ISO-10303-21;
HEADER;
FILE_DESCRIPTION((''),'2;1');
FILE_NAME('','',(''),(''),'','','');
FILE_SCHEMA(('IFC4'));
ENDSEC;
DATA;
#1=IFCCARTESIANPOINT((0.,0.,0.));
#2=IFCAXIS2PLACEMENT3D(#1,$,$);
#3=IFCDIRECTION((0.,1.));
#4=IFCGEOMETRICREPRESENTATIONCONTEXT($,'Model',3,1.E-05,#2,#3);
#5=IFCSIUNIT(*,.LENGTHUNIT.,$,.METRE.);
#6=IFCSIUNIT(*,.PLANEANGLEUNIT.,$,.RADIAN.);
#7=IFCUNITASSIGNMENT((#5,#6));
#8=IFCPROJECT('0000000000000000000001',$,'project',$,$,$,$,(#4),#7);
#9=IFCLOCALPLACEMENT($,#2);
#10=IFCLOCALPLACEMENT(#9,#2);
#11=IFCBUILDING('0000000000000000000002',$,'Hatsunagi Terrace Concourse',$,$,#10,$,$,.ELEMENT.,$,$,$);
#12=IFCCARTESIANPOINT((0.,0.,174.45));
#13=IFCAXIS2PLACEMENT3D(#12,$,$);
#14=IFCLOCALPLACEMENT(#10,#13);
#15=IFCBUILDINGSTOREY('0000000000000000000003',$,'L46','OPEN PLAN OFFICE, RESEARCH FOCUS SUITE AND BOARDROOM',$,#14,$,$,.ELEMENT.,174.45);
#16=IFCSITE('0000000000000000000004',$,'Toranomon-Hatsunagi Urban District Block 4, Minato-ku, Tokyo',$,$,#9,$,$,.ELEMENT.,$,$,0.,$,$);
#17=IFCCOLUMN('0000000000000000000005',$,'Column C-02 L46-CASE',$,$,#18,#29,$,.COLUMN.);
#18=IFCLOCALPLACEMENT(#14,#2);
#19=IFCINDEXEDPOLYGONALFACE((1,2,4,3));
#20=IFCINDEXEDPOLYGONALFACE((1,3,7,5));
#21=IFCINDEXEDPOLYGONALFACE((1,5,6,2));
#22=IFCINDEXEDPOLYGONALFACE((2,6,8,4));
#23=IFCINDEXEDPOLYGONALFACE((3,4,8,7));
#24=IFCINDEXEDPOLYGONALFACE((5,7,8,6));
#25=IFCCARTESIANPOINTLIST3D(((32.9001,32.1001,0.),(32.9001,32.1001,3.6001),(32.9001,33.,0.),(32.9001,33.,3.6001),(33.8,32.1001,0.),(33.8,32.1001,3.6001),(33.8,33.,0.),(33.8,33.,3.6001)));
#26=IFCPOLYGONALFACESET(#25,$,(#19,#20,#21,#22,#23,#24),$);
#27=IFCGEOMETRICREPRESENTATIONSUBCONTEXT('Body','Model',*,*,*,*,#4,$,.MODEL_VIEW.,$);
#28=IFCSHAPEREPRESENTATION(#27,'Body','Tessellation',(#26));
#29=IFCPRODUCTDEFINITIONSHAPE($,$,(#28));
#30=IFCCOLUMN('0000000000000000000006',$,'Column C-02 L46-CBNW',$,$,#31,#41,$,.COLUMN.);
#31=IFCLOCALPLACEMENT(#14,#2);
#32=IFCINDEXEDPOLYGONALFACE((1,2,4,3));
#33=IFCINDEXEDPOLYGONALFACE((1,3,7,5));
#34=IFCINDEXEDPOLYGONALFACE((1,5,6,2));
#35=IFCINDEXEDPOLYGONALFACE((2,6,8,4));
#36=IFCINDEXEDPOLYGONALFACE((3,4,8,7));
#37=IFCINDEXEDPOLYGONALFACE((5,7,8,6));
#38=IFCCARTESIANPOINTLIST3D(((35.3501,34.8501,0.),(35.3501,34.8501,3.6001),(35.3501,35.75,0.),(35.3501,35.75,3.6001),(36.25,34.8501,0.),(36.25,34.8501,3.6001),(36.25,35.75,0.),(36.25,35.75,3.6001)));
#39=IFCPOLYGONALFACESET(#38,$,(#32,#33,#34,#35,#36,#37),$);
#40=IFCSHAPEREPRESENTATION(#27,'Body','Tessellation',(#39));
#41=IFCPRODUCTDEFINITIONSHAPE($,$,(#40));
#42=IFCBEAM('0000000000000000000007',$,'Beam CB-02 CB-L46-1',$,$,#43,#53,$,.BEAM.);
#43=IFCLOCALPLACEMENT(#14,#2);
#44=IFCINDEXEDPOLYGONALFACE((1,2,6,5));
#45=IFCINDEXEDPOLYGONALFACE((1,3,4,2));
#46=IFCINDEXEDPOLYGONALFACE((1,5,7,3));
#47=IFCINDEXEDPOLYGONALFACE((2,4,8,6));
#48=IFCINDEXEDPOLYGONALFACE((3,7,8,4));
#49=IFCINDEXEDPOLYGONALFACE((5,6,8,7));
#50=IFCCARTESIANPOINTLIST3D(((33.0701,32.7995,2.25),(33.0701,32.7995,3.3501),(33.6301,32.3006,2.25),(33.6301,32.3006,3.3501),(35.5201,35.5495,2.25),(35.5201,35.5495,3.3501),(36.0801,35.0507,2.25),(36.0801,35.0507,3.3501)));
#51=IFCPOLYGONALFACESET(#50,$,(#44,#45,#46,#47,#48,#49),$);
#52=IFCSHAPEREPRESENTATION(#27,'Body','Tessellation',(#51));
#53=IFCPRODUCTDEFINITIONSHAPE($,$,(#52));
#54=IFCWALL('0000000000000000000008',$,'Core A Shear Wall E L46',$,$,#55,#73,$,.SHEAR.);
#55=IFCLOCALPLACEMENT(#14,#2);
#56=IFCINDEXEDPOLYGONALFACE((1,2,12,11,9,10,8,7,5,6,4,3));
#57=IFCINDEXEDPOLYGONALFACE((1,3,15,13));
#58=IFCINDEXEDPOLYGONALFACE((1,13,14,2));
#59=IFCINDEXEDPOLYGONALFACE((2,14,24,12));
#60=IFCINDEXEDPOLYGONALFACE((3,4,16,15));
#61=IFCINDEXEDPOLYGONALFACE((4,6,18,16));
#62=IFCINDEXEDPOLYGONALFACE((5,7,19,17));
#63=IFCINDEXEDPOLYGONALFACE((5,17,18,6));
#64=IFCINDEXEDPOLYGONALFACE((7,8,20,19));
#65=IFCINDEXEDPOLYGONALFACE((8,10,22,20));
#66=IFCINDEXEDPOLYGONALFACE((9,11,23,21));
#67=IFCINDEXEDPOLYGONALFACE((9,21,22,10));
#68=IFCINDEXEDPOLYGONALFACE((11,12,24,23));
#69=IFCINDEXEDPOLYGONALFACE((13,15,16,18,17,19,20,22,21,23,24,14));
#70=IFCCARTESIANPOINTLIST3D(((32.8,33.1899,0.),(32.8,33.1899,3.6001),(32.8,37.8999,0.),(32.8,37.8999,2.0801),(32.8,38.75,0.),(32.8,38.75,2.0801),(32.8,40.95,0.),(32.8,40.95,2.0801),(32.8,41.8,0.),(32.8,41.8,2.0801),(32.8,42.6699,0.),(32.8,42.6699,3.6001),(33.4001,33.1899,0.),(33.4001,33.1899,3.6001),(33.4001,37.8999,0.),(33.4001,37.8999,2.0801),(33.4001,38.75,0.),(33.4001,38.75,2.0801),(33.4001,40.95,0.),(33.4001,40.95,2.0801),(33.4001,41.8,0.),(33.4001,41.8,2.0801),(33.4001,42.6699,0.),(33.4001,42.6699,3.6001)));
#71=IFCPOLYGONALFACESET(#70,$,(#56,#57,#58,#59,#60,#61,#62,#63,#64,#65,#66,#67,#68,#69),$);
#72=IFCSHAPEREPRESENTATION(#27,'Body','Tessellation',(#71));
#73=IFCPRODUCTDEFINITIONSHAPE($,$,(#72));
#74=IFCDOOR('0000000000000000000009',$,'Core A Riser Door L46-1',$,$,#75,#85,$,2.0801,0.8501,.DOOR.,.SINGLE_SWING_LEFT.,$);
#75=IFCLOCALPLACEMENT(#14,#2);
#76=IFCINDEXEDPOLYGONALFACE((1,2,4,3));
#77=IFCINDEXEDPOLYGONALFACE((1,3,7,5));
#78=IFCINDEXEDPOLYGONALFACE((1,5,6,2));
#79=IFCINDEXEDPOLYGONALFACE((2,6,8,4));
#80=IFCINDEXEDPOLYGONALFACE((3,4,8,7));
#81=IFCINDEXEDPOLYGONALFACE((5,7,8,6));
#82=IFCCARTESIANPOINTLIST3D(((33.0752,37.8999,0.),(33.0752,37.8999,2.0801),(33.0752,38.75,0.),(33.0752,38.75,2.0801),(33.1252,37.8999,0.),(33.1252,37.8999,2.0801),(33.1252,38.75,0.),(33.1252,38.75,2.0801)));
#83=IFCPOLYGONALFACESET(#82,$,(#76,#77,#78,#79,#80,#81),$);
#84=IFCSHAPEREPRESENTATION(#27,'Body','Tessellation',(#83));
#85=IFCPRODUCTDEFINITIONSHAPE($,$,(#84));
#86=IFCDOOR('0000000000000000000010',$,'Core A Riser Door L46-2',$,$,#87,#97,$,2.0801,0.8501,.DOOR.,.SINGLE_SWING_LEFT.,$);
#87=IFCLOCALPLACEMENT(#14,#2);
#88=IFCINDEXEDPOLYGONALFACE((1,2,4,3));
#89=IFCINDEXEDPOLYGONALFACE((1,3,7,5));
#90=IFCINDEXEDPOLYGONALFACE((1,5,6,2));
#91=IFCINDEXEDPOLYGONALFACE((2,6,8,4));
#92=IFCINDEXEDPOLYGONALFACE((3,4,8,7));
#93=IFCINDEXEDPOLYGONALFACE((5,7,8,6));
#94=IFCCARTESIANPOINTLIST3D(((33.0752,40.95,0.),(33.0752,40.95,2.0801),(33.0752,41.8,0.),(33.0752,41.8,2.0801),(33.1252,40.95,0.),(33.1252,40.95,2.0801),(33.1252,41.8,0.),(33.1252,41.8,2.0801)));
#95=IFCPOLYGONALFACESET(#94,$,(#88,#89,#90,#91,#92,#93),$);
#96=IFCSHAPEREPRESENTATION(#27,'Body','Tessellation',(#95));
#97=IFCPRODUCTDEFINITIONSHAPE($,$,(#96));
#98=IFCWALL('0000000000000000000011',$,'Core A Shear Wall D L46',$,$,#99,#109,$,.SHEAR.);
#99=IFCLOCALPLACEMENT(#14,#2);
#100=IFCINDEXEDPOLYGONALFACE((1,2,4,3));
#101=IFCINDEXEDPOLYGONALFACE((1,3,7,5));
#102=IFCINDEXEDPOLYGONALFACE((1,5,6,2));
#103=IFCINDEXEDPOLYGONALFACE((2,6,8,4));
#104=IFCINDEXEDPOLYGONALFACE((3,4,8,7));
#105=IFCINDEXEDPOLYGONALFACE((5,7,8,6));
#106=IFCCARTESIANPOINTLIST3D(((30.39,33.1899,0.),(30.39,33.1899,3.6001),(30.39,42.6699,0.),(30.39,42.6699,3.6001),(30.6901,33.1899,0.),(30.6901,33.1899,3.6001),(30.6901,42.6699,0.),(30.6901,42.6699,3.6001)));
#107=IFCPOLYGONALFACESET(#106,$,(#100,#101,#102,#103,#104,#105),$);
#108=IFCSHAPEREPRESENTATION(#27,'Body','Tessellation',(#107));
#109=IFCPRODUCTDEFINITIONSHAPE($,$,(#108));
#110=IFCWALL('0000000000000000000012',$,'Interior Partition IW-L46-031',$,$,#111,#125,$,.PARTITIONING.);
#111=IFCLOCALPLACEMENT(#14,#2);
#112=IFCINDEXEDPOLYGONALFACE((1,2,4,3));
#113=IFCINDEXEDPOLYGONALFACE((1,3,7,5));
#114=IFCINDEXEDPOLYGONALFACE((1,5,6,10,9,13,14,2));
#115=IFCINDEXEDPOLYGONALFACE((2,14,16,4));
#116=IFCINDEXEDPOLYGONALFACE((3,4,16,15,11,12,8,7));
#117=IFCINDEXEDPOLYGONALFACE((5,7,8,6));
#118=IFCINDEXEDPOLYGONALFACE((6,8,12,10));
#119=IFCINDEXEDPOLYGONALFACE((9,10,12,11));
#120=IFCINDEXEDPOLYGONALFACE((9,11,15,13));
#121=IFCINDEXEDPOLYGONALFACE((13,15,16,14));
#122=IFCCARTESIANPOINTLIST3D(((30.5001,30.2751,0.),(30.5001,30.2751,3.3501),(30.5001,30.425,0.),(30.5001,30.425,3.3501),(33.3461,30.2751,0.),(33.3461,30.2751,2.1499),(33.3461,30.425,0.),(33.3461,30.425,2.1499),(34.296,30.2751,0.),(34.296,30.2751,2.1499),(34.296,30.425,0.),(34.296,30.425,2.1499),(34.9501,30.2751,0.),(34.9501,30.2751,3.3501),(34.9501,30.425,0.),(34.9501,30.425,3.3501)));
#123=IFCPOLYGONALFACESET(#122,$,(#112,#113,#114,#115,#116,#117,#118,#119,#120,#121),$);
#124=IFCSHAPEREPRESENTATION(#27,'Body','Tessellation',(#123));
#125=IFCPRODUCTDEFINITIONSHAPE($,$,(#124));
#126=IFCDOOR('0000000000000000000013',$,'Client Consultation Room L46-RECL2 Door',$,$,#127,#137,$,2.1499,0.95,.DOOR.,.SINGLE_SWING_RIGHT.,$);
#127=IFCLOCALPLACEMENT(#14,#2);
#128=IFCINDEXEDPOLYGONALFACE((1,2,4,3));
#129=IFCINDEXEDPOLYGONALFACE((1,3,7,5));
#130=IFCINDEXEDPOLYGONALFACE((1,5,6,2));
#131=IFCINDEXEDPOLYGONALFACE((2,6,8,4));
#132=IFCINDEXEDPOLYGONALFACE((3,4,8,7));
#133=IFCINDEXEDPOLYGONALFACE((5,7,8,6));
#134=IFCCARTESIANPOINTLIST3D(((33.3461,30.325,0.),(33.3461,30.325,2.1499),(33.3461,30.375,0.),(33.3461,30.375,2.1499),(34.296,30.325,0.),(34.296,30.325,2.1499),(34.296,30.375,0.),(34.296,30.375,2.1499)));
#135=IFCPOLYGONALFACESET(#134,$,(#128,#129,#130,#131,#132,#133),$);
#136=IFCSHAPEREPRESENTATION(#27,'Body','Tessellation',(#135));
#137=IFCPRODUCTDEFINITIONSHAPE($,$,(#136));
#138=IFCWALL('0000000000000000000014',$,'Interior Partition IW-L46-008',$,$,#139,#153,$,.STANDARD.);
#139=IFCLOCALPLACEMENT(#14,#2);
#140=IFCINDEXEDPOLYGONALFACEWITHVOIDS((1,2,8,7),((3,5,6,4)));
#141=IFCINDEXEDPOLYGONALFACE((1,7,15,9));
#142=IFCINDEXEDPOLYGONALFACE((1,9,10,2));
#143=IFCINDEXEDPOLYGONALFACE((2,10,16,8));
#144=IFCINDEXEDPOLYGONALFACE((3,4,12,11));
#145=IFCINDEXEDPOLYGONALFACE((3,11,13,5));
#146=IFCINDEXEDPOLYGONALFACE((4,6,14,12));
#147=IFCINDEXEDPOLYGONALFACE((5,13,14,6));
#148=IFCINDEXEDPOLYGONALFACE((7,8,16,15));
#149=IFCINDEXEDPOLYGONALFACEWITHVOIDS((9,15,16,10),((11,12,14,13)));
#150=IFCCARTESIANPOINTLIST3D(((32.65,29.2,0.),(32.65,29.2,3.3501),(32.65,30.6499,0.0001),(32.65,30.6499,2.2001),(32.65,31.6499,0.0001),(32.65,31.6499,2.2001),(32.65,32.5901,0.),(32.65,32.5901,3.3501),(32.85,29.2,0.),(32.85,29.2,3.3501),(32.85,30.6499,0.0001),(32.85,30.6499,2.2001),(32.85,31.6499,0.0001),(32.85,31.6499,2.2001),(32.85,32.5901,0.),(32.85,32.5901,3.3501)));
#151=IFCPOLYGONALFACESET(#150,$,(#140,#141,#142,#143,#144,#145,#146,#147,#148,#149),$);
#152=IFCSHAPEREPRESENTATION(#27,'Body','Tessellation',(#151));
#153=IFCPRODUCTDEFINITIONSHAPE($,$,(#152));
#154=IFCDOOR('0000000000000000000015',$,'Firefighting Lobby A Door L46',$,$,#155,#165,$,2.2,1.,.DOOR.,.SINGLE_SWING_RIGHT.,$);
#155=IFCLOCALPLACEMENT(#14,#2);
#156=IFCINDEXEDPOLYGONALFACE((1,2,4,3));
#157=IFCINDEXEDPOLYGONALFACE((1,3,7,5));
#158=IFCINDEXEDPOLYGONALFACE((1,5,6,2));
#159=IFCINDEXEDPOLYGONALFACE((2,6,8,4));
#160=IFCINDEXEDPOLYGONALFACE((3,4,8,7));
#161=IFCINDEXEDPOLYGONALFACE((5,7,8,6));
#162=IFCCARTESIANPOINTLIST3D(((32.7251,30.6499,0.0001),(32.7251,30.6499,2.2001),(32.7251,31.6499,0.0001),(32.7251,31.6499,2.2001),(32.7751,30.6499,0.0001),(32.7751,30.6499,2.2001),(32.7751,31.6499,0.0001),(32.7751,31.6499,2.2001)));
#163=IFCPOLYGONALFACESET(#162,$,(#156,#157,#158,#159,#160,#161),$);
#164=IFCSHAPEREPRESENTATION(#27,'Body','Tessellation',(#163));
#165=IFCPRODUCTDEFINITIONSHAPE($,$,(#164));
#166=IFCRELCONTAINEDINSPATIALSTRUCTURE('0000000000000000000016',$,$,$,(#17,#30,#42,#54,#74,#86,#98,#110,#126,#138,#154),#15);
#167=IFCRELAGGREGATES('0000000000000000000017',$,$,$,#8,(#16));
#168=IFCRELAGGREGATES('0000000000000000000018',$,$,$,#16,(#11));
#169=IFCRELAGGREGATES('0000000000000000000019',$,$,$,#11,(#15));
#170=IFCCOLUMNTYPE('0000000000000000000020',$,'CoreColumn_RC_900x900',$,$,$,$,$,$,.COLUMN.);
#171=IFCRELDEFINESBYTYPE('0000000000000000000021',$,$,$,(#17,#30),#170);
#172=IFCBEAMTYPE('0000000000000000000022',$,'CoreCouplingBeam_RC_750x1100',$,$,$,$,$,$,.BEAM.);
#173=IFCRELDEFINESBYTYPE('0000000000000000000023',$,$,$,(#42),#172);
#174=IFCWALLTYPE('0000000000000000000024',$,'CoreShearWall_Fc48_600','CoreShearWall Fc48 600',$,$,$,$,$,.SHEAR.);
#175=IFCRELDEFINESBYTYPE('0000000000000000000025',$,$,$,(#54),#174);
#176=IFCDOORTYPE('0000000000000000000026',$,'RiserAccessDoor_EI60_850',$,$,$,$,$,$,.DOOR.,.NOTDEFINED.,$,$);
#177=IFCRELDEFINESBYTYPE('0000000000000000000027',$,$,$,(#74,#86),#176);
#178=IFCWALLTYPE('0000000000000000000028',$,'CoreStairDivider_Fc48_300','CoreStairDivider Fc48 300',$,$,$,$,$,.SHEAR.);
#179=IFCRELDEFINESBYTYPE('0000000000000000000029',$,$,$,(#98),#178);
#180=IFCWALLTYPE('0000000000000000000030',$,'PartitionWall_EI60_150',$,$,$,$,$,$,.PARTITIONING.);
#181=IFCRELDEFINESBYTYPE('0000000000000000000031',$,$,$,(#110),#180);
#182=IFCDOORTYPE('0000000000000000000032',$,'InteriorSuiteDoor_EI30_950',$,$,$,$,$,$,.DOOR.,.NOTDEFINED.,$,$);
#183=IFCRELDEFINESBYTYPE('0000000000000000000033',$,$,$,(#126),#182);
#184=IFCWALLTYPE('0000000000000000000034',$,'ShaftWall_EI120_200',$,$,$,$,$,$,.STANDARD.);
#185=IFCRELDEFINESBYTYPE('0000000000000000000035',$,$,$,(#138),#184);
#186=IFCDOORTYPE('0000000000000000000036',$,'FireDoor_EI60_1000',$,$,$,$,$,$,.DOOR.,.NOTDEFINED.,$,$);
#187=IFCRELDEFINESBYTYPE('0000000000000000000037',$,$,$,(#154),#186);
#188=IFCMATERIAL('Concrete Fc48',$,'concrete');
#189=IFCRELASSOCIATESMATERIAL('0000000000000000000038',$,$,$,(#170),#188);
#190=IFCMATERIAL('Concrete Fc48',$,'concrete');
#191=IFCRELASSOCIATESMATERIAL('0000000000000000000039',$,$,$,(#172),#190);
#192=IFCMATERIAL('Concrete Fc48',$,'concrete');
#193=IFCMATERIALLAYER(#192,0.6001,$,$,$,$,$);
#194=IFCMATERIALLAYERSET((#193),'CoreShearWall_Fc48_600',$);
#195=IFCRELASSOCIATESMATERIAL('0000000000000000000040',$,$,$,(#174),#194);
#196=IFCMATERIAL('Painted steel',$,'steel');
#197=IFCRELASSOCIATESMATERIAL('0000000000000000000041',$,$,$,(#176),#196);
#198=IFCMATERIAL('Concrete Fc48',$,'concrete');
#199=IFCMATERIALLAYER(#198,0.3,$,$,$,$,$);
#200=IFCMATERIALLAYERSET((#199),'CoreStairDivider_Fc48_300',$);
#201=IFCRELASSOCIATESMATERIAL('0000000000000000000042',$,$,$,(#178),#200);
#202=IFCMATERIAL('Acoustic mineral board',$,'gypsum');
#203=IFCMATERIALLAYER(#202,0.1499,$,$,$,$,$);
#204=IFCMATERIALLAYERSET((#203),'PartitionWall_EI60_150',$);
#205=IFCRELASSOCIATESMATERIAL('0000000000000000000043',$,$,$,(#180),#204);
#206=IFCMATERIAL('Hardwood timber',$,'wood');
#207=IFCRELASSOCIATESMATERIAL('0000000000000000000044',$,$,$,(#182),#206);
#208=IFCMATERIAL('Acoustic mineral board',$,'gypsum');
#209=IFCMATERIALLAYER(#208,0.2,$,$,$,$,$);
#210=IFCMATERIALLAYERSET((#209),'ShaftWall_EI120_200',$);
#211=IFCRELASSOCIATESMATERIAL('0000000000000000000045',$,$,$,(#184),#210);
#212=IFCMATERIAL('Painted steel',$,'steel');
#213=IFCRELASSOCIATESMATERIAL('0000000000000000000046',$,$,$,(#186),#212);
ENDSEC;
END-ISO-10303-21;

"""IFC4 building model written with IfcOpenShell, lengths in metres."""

from ifc_helpers import new_model, si_unit, direction, frame, frame_2d, origin, origin_2d, place, context, subcontext, project, spatial, rectangle, extrude, material, layer, layer_set, material_profile, profile_set, type_object, element, fill, save


model = new_model("IFC4")

# Units and contexts
model_context = context("Model", 3, precision=1e-05, world=origin(), true_north=direction((0.0, 1.0)))
body_context = subcontext(model_context, "Body", "Model", "MODEL_VIEW")
ifc_project = project(units=[si_unit("LENGTHUNIT", "METRE"), si_unit("PLANEANGLEUNIT", "RADIAN")], contexts=[model_context])

# Site, building, storey
site_placement = place(None, origin())
site = spatial("IfcSite", under=ifc_project, at=site_placement, Name="Toranomon-Hatsunagi Urban District Block 4, Minato-ku, Tokyo", CompositionType="ELEMENT", RefElevation=0.0)
building_placement = place(site_placement, origin())
building = spatial("IfcBuilding", under=site, at=building_placement, Name="Hatsunagi Terrace Concourse", CompositionType="ELEMENT")
storey_placement = place(building_placement, frame((0.0, 0.0, 174.45)))
storey = spatial("IfcBuildingStorey", under=building, at=storey_placement, Name="L46", Description="OPEN PLAN OFFICE, RESEARCH FOCUS SUITE AND BOARDROOM", CompositionType="ELEMENT", Elevation=174.45)

# Columns
ifc_material_1 = material(Name="Concrete Fc48", Category="concrete")
ifc_material_profile_1 = material_profile(ifc_material_1, rectangle(XDim=0.8999, YDim=0.8999, at=origin_2d()), Name="RC-900x900")
ifc_profile_set_1 = profile_set([ifc_material_profile_1], Name="Concrete Fc48")
column_type = type_object("IfcColumnType", Name="CoreColumn_RC_900x900", PredefinedType="COLUMN", material=ifc_profile_set_1)
for number, where, z_axis, x_axis, name in (
    (1, (33.3501, 32.55, 0.0), (0.0, 0.0, 1.0), (1.0, 0.0, 0.0), "Column C-02 L46-CASE"),
    (2, (35.8, 35.3, 0.0), (0.0, 0.0, 1.0), (1.0, 0.0, 0.0), "Column C-02 L46-CBNW"),
):
    element("IfcColumn", number, at=place(storey_placement, frame(where, z_axis=z_axis, x_axis=x_axis)), inside=storey, type_object=column_type, Name=name, PredefinedType="COLUMN", context=body_context, shape_type="SweptSolid", body=[
        extrude(rectangle(XDim=0.8999, YDim=0.8999, at=origin_2d()), origin(), (0.0, 0.0, 1.0), 3.6001),
    ])

# Beam
ifc_material_2 = material(Name="Concrete Fc48", Category="concrete")
ifc_material_profile_2 = material_profile(ifc_material_2, rectangle(XDim=0.75, YDim=1.1001, at=origin_2d()), Name="RC-750x1100")
ifc_profile_set_2 = profile_set([ifc_material_profile_2], Name="Concrete Fc48")
beam_type = type_object("IfcBeamType", Name="CoreCouplingBeam_RC_750x1100", PredefinedType="BEAM", material=ifc_profile_set_2)
beam_placement = place(storey_placement, frame((33.3501, 32.55, 2.8), z_axis=(0.665199, 0.746666, 0.0), x_axis=(-0.746666, 0.665199, 0.0)))
element("IfcBeam", 3, at=beam_placement, inside=storey, type_object=beam_type, Name="Beam CB-02 CB-L46-1", PredefinedType="BEAM", context=body_context, shape_type="SweptSolid", body=[
    extrude(rectangle(XDim=0.75, YDim=1.1001, at=origin_2d()), origin(), (0.0, 0.0, 1.0), 3.6831),
])

# Wall, openings, doors
ifc_material_3 = material(Name="Concrete Fc48", Category="concrete")
ifc_layer_1 = layer(ifc_material_3, 0.6001)
ifc_layer_set_1 = layer_set([ifc_layer_1], Name="CoreShearWall_Fc48_600")
wall_type_1 = type_object("IfcWallType", Name="CoreShearWall_Fc48_600", Description="CoreShearWall Fc48 600", PredefinedType="SHEAR", material=ifc_layer_set_1)
wall_1_placement = place(storey_placement, frame((33.1001, 33.1899, 0.0), z_axis=(0.0, 0.0, 1.0), x_axis=(0.0, 1.0, 0.0)))
wall_1 = element("IfcWall", 4, at=wall_1_placement, inside=storey, type_object=wall_type_1, Name="Core A Shear Wall E L46", PredefinedType="SHEAR", context=body_context, shape_type="SweptSolid", body=[
    extrude(rectangle(XDim=9.48, YDim=0.6001, at=frame_2d((4.74, 0.0))), origin(), (0.0, 0.0, 1.0), 3.6001),
])
opening_1_placement = place(wall_1_placement, frame((4.71, 0.0, 0.0)))
opening_1 = element("IfcOpeningElement", 5, at=opening_1_placement, cuts=wall_1, PredefinedType="OPENING", context=body_context, shape_type="SweptSolid", body=[
    extrude(rectangle(XDim=0.8501, YDim=2.0801, at=frame_2d((0.425, 1.04))), frame((0.0, 0.3101, 0.0), z_axis=(0.0, -1.0, 0.0), x_axis=(1.0, 0.0, 0.0)), (0.0, 0.0, 1.0), 0.6201),
])
opening_2_placement = place(wall_1_placement, frame((7.76, 0.0, 0.0)))
opening_2 = element("IfcOpeningElement", 6, at=opening_2_placement, cuts=wall_1, PredefinedType="OPENING", context=body_context, shape_type="SweptSolid", body=[
    extrude(rectangle(XDim=0.8501, YDim=2.0801, at=frame_2d((0.425, 1.04))), frame((0.0, 0.3101, 0.0), z_axis=(0.0, -1.0, 0.0), x_axis=(1.0, 0.0, 0.0)), (0.0, 0.0, 1.0), 0.6201),
])
ifc_material_4 = material(Name="Painted steel", Category="steel")
door_type_1 = type_object("IfcDoorType", Name="RiserAccessDoor_EI60_850", OperationType="NOTDEFINED", PredefinedType="DOOR", material=ifc_material_4)
door_1_placement = place(opening_1_placement, origin())
door_1 = element("IfcDoor", 7, at=door_1_placement, inside=storey, type_object=door_type_1, Name="Core A Riser Door L46-1", OperationType="SINGLE_SWING_LEFT", OverallHeight=2.0801, OverallWidth=0.8501, PredefinedType="DOOR", context=body_context, shape_type="SweptSolid", body=[
    extrude(rectangle(XDim=0.8501, YDim=2.0801, at=frame_2d((0.425, 1.04))), frame((0.0, 0.0249, 0.0), z_axis=(0.0, -1.0, 0.0), x_axis=(1.0, 0.0, 0.0)), (0.0, 0.0, 1.0), 0.05),
])
fill(opening_1, door_1)
door_2_placement = place(opening_2_placement, origin())
door_2 = element("IfcDoor", 8, at=door_2_placement, inside=storey, type_object=door_type_1, Name="Core A Riser Door L46-2", OperationType="SINGLE_SWING_LEFT", OverallHeight=2.0801, OverallWidth=0.8501, PredefinedType="DOOR", context=body_context, shape_type="SweptSolid", body=[
    extrude(rectangle(XDim=0.8501, YDim=2.0801, at=frame_2d((0.425, 1.04))), frame((0.0, 0.0249, 0.0), z_axis=(0.0, -1.0, 0.0), x_axis=(1.0, 0.0, 0.0)), (0.0, 0.0, 1.0), 0.05),
])
fill(opening_2, door_2)

# Wall
ifc_material_5 = material(Name="Concrete Fc48", Category="concrete")
ifc_layer_2 = layer(ifc_material_5, 0.3)
ifc_layer_set_2 = layer_set([ifc_layer_2], Name="CoreStairDivider_Fc48_300")
wall_type_2 = type_object("IfcWallType", Name="CoreStairDivider_Fc48_300", Description="CoreStairDivider Fc48 300", PredefinedType="SHEAR", material=ifc_layer_set_2)
wall_2_placement = place(storey_placement, frame((30.54, 33.1899, 0.0), z_axis=(0.0, 0.0, 1.0), x_axis=(0.0, 1.0, 0.0)))
element("IfcWall", 9, at=wall_2_placement, inside=storey, type_object=wall_type_2, Name="Core A Shear Wall D L46", PredefinedType="SHEAR", context=body_context, shape_type="SweptSolid", body=[
    extrude(rectangle(XDim=9.48, YDim=0.3, at=frame_2d((4.74, 0.0))), origin(), (0.0, 0.0, 1.0), 3.6001),
])

# Walls, openings, doors
ifc_material_6 = material(Name="Acoustic mineral board", Category="gypsum")
ifc_layer_3 = layer(ifc_material_6, 0.1499)
ifc_layer_set_3 = layer_set([ifc_layer_3], Name="PartitionWall_EI60_150")
wall_type_3 = type_object("IfcWallType", Name="PartitionWall_EI60_150", PredefinedType="PARTITIONING", material=ifc_layer_set_3)
wall_3_placement = place(storey_placement, frame((30.5, 30.3501, 0.0), z_axis=(0.0, 0.0, 1.0), x_axis=(1.0, 0.0, 0.0)))
wall_3 = element("IfcWall", 10, at=wall_3_placement, inside=storey, type_object=wall_type_3, Name="Interior Partition IW-L46-031", PredefinedType="PARTITIONING", context=body_context, shape_type="SweptSolid", body=[
    extrude(rectangle(XDim=4.45, YDim=0.1499, at=frame_2d((2.2251, 0.0))), origin(), (0.0, 0.0, 1.0), 3.3501),
])
opening_3_placement = place(wall_3_placement, frame((2.8459, 0.0, 0.0)))
opening_3 = element("IfcOpeningElement", 11, at=opening_3_placement, cuts=wall_3, PredefinedType="OPENING", context=body_context, shape_type="SweptSolid", body=[
    extrude(rectangle(XDim=0.95, YDim=2.1499, at=frame_2d((0.4751, 1.075))), frame((0.0, 0.085, 0.0), z_axis=(0.0, -1.0, 0.0), x_axis=(1.0, 0.0, 0.0)), (0.0, 0.0, 1.0), 0.1699),
])
ifc_material_7 = material(Name="Hardwood timber", Category="wood")
door_type_2 = type_object("IfcDoorType", Name="InteriorSuiteDoor_EI30_950", OperationType="NOTDEFINED", PredefinedType="DOOR", material=ifc_material_7)
door_3_placement = place(opening_3_placement, origin())
door_3 = element("IfcDoor", 12, at=door_3_placement, inside=storey, type_object=door_type_2, Name="Client Consultation Room L46-RECL2 Door", OperationType="SINGLE_SWING_RIGHT", OverallHeight=2.1499, OverallWidth=0.95, PredefinedType="DOOR", context=body_context, shape_type="SweptSolid", body=[
    extrude(rectangle(XDim=0.95, YDim=2.1499, at=frame_2d((0.4751, 1.075))), frame((0.0, 0.0249, 0.0), z_axis=(0.0, -1.0, 0.0), x_axis=(1.0, 0.0, 0.0)), (0.0, 0.0, 1.0), 0.05),
])
fill(opening_3, door_3)
ifc_material_8 = material(Name="Acoustic mineral board", Category="gypsum")
ifc_layer_4 = layer(ifc_material_8, 0.2)
ifc_layer_set_4 = layer_set([ifc_layer_4], Name="ShaftWall_EI120_200")
wall_type_4 = type_object("IfcWallType", Name="ShaftWall_EI120_200", PredefinedType="STANDARD", material=ifc_layer_set_4)
wall_4_placement = place(storey_placement, frame((32.75, 29.2, 0.0), z_axis=(0.0, 0.0, 1.0), x_axis=(0.0, 1.0, 0.0)))
wall_4 = element("IfcWall", 13, at=wall_4_placement, inside=storey, type_object=wall_type_4, Name="Interior Partition IW-L46-008", PredefinedType="STANDARD", context=body_context, shape_type="SweptSolid", body=[
    extrude(rectangle(XDim=3.3901, YDim=0.2, at=frame_2d((1.6951, 0.0))), origin(), (0.0, 0.0, 1.0), 3.3501),
])
opening_4_placement = place(wall_4_placement, frame((1.45, 0.0, 0.0)))
opening_4 = element("IfcOpeningElement", 14, at=opening_4_placement, cuts=wall_4, PredefinedType="OPENING", context=body_context, shape_type="SweptSolid", body=[
    extrude(rectangle(XDim=1.0, YDim=2.2, at=frame_2d((0.5, 1.1001))), frame((0.0, 0.1099, 0.0), z_axis=(0.0, -1.0, 0.0), x_axis=(1.0, 0.0, 0.0)), (0.0, 0.0, 1.0), 0.22),
])
ifc_material_9 = material(Name="Painted steel", Category="steel")
door_type_3 = type_object("IfcDoorType", Name="FireDoor_EI60_1000", OperationType="NOTDEFINED", PredefinedType="DOOR", material=ifc_material_9)
door_4_placement = place(opening_4_placement, origin())
door_4 = element("IfcDoor", 15, at=door_4_placement, inside=storey, type_object=door_type_3, Name="Firefighting Lobby A Door L46", OperationType="SINGLE_SWING_RIGHT", OverallHeight=2.2, OverallWidth=1.0, PredefinedType="DOOR", context=body_context, shape_type="SweptSolid", body=[
    extrude(rectangle(XDim=1.0, YDim=2.2, at=frame_2d((0.5, 1.1001))), frame((0.0, 0.0249, 0.0), z_axis=(0.0, -1.0, 0.0), x_axis=(1.0, 0.0, 0.0)), (0.0, 0.0, 1.0), 0.05),
])
fill(opening_4, door_4)

save(model, "model.ifc")
